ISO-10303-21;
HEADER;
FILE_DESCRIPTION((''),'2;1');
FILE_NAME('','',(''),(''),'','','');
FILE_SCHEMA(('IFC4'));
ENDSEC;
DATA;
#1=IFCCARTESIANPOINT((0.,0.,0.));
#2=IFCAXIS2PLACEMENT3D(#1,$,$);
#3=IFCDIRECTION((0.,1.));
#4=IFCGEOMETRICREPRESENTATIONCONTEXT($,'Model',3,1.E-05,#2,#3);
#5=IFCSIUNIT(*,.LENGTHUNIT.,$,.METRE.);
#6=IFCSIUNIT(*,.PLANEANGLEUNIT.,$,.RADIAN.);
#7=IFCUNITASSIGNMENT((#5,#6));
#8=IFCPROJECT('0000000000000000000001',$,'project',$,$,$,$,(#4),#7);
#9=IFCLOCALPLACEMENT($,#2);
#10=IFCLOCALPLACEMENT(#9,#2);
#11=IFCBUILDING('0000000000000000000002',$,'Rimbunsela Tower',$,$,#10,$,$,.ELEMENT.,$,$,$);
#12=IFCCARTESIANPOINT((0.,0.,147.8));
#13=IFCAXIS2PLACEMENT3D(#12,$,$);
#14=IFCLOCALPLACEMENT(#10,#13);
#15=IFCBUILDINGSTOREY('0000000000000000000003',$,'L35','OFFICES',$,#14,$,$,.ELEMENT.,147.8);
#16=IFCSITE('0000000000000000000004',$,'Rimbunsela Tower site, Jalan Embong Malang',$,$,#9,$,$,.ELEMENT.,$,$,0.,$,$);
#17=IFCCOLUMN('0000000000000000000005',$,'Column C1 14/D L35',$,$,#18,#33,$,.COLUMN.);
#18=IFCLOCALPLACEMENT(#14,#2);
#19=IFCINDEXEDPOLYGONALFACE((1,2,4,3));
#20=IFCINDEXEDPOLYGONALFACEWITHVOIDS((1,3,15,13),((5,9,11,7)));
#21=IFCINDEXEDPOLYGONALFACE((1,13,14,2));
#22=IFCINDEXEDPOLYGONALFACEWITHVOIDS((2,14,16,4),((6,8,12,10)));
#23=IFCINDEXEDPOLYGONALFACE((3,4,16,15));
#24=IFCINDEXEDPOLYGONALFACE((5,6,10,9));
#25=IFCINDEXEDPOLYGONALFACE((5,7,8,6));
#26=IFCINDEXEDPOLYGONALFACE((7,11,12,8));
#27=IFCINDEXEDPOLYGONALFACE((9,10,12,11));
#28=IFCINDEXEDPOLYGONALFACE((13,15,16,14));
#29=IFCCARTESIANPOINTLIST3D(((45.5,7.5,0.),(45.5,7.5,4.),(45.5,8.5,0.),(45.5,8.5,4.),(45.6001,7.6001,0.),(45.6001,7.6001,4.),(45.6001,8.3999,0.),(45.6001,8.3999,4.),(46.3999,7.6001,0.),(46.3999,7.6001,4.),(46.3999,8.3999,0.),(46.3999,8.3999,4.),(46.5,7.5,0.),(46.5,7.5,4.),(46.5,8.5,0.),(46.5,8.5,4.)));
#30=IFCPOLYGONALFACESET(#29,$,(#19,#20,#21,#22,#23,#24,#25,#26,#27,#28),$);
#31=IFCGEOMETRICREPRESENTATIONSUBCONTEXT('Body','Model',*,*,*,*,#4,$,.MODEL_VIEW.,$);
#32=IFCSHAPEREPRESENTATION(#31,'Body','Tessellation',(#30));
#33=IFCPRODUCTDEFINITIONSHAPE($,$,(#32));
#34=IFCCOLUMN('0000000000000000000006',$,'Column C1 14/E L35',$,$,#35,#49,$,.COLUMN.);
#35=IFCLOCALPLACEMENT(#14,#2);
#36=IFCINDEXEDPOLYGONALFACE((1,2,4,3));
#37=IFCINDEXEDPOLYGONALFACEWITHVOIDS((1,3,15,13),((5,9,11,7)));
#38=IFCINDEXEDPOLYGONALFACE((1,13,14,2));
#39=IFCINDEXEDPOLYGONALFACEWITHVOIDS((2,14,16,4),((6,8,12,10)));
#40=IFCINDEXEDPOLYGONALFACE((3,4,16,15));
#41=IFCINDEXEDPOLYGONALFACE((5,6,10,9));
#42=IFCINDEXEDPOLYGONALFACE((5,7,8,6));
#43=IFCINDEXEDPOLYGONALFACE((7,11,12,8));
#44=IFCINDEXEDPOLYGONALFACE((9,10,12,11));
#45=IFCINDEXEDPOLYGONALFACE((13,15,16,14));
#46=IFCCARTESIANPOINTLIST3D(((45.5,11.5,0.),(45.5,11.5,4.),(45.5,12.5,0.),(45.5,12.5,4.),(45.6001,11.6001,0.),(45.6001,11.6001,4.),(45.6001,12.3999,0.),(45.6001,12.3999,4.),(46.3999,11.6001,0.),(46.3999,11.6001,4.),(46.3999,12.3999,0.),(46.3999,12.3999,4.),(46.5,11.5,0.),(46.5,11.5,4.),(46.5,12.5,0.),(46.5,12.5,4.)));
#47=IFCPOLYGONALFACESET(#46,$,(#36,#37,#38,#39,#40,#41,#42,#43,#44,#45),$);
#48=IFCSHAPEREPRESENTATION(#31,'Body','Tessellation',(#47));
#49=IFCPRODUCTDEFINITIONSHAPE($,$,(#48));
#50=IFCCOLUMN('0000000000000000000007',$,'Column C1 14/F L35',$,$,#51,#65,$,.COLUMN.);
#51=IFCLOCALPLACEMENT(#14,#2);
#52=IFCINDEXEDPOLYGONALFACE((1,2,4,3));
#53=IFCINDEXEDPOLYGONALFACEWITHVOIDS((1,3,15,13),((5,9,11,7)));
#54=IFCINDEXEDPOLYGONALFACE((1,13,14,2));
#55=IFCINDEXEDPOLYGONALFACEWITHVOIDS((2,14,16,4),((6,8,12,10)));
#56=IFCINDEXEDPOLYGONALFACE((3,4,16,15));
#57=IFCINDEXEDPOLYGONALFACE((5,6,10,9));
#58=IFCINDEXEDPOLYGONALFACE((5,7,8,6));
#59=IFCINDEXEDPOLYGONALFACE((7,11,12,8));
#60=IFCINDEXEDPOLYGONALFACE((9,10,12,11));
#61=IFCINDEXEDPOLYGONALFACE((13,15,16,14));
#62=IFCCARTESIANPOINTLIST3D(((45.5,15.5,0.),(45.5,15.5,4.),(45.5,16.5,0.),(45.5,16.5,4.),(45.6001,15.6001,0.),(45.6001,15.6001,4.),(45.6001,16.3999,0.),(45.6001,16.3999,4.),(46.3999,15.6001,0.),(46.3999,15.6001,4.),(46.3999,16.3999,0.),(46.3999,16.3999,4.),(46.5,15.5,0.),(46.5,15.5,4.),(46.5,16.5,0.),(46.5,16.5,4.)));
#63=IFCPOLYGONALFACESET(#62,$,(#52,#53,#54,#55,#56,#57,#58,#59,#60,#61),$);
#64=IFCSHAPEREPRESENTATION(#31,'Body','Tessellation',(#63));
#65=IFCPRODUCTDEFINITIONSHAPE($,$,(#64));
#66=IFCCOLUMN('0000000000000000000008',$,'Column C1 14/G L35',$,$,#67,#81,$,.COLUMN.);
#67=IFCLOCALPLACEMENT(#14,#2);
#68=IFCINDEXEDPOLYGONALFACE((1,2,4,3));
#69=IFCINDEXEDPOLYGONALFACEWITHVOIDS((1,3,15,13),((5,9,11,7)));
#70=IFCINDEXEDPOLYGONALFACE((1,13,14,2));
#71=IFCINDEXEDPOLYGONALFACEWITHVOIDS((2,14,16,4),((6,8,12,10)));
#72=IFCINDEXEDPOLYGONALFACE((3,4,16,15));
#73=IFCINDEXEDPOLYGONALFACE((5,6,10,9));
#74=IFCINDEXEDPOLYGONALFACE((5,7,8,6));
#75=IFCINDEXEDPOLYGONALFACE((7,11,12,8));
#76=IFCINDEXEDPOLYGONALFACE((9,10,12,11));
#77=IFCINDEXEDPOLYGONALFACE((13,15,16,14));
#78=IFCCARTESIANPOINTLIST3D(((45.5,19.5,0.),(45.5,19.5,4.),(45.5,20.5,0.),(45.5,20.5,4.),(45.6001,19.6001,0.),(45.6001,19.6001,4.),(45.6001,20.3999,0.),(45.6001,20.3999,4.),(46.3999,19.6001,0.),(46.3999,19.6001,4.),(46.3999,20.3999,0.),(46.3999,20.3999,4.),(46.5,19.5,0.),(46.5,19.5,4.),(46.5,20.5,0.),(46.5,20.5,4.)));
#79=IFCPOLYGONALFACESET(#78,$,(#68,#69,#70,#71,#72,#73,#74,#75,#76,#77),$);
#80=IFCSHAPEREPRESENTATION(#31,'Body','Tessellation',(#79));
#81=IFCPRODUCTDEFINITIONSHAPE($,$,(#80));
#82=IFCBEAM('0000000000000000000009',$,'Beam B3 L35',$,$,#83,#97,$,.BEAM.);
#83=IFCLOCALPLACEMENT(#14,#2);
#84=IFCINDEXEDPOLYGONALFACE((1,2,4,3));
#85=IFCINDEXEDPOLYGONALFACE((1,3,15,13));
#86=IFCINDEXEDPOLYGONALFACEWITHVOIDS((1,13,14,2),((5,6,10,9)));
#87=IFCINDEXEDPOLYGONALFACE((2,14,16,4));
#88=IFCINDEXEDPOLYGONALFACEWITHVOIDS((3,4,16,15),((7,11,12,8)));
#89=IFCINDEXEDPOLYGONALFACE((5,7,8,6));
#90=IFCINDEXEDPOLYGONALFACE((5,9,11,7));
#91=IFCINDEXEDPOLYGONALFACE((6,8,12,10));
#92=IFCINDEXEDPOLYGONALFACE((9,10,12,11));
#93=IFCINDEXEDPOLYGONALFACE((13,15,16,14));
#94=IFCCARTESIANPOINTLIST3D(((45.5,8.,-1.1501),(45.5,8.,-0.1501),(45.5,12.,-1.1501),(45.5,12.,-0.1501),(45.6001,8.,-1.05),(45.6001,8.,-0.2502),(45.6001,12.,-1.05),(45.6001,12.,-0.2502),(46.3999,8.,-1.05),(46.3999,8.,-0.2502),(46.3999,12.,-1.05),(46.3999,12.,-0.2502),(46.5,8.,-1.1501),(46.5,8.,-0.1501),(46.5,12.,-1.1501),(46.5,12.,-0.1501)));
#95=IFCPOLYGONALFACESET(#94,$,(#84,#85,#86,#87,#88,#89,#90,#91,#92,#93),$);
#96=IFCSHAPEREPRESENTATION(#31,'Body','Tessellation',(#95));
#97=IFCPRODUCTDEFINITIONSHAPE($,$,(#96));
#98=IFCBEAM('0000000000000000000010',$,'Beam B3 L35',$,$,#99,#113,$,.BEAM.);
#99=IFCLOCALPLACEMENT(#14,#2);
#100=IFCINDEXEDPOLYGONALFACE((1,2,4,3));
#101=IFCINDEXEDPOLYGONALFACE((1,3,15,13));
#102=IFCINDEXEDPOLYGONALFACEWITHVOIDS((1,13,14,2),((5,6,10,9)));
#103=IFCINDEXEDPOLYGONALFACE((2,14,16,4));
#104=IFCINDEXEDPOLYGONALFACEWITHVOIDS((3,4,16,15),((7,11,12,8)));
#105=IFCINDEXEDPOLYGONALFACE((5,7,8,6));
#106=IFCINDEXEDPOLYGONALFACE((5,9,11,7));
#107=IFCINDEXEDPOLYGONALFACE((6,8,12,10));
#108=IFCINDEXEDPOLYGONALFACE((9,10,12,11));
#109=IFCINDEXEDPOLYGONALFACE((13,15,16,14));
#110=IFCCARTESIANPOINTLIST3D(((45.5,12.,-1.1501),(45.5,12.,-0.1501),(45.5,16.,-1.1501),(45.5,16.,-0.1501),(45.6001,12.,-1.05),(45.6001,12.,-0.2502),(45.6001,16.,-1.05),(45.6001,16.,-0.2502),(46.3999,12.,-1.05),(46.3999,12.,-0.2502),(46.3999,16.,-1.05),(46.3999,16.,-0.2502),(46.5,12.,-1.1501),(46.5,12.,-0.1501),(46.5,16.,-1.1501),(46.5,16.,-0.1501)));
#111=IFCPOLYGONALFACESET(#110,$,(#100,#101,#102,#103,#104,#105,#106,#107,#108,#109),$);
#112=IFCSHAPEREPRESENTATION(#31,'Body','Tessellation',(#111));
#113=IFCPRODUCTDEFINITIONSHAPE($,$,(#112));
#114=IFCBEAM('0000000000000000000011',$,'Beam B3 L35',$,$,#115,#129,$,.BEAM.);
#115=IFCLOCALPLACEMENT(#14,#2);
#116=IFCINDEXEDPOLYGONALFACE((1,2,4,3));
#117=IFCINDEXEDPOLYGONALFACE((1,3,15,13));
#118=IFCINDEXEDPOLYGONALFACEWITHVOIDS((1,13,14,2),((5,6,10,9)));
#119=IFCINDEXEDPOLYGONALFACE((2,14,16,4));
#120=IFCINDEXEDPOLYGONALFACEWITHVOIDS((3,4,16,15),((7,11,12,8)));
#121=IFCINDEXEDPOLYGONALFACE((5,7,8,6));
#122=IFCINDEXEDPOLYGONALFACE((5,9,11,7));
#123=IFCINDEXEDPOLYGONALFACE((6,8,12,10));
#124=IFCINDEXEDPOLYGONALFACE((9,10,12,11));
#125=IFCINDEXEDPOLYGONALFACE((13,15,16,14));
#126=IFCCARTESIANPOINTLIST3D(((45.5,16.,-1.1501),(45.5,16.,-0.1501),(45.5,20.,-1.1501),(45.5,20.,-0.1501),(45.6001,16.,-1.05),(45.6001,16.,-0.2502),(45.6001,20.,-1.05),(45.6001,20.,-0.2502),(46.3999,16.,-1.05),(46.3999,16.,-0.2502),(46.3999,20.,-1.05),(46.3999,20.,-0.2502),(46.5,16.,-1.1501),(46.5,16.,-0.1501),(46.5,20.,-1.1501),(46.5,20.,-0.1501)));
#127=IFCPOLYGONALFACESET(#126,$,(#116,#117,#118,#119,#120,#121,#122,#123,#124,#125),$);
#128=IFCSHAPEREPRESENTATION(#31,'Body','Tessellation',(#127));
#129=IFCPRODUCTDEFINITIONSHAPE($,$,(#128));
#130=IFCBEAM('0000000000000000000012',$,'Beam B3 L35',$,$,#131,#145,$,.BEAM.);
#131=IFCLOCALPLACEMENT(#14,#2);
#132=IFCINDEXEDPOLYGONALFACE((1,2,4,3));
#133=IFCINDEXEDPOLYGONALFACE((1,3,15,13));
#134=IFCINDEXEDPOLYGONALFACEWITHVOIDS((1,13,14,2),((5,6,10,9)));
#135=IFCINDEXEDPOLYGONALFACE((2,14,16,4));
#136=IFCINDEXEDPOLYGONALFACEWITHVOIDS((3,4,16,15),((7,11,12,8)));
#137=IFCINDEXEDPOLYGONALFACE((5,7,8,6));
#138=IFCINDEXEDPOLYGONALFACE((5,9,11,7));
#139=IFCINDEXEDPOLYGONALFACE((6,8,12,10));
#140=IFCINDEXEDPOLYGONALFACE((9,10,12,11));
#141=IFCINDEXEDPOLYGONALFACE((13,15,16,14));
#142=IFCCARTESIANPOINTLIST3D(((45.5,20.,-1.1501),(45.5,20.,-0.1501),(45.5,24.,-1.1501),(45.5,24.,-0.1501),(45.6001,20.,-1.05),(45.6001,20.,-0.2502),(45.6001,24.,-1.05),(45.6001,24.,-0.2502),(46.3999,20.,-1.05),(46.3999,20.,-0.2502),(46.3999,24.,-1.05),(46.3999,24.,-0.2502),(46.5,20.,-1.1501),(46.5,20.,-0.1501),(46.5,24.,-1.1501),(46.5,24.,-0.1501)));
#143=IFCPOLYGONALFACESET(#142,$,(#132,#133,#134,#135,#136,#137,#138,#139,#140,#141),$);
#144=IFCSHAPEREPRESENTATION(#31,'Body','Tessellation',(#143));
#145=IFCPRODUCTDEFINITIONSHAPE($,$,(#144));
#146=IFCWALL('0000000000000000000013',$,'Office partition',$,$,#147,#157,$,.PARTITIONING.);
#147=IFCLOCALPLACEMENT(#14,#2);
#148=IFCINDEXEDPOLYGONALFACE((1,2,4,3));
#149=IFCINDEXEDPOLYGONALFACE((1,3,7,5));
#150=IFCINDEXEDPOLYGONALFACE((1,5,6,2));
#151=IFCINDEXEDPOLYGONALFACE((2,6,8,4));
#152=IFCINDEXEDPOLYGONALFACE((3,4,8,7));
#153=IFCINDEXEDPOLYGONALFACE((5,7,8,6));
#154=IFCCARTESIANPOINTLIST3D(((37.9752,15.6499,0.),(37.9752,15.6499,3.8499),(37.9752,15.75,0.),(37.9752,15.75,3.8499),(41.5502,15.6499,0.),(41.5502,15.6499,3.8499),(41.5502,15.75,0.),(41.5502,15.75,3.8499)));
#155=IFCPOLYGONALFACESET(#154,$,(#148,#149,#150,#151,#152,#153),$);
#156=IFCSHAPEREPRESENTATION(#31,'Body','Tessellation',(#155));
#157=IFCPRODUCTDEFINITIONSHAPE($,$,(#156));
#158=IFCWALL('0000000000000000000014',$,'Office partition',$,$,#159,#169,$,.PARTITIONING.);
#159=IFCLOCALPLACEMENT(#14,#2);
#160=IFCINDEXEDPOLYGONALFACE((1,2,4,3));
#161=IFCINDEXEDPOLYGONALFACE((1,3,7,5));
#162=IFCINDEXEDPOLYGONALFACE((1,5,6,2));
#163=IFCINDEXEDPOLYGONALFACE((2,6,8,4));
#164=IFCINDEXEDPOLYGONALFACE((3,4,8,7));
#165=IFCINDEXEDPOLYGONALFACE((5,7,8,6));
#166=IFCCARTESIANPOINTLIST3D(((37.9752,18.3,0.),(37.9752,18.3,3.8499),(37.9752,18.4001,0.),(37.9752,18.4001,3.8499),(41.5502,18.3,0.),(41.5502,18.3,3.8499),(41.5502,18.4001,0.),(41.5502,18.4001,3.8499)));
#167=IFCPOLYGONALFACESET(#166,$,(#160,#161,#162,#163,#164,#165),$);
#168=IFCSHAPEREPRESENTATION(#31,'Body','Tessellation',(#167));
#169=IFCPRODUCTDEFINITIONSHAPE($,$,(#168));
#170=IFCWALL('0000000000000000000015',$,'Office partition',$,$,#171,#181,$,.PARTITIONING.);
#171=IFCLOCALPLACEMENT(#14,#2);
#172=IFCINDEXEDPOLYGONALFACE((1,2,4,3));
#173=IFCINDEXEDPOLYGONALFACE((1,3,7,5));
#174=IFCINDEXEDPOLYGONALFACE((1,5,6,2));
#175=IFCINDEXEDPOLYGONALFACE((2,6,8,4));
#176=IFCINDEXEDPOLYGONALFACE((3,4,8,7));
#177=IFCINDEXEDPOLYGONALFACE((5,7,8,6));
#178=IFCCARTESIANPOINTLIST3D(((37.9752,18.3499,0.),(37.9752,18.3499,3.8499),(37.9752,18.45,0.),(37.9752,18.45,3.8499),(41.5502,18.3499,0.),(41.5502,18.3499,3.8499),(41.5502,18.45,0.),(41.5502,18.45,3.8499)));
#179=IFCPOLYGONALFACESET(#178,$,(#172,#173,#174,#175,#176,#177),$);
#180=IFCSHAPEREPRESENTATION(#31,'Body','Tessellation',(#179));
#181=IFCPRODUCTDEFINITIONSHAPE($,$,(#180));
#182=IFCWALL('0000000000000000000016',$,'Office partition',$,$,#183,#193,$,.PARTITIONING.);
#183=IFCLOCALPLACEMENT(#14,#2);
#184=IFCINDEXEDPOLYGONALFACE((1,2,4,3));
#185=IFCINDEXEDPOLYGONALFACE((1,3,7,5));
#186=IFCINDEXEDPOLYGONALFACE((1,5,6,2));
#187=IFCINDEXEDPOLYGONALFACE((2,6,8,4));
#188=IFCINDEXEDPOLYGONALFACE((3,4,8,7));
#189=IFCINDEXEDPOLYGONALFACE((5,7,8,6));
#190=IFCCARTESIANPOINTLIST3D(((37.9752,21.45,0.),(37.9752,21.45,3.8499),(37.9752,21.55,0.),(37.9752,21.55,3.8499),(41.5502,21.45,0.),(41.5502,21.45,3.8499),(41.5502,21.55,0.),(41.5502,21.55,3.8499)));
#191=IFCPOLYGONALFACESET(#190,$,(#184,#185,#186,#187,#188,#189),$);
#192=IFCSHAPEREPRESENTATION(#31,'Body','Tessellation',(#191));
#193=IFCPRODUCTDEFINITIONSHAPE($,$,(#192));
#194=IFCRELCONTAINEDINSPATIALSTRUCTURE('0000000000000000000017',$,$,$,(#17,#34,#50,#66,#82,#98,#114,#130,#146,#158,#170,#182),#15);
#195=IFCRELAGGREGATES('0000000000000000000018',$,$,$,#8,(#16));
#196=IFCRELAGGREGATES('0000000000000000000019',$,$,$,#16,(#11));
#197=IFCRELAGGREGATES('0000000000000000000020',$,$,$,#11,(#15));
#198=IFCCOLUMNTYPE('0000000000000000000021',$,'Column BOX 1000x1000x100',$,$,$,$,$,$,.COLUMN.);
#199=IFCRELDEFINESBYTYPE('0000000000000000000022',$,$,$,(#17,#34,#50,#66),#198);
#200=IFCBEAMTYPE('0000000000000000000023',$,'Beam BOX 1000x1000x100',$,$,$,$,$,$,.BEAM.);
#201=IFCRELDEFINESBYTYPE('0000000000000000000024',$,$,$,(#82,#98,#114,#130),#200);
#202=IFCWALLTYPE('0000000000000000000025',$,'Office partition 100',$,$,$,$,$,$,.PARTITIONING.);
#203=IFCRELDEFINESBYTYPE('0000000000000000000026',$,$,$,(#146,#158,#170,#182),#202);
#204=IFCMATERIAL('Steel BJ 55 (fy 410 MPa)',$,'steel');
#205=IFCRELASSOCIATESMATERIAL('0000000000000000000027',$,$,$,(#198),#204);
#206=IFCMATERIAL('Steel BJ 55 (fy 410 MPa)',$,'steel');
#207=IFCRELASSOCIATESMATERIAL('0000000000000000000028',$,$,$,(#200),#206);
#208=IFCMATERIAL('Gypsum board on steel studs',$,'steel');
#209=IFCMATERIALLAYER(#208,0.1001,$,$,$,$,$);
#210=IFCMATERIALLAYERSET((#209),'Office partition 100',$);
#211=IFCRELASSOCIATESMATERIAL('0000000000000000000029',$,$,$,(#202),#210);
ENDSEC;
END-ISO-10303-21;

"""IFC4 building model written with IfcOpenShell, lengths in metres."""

from ifc_helpers import new_model, si_unit, direction, frame, frame_2d, origin, origin_2d, place, context, subcontext, project, spatial, rectangle, hollow_rectangle, extrude, material, layer, layer_set, material_profile, profile_set, type_object, element, save


model = new_model("IFC4")

# Units and contexts
model_context = context("Model", 3, precision=1e-05, world=origin(), true_north=direction((0.0, 1.0)))
body_context = subcontext(model_context, "Body", "Model", "MODEL_VIEW")
ifc_project = project(units=[si_unit("LENGTHUNIT", "METRE"), si_unit("PLANEANGLEUNIT", "RADIAN")], contexts=[model_context])

# Site, building, storey
site_placement = place(None, origin())
site = spatial("IfcSite", under=ifc_project, at=site_placement, Name="Rimbunsela Tower site, Jalan Embong Malang", CompositionType="ELEMENT", RefElevation=0.0)
building_placement = place(site_placement, origin())
building = spatial("IfcBuilding", under=site, at=building_placement, Name="Rimbunsela Tower", CompositionType="ELEMENT")
storey_placement = place(building_placement, frame((0.0, 0.0, 147.8)))
storey = spatial("IfcBuildingStorey", under=building, at=storey_placement, Name="L35", Description="OFFICES", CompositionType="ELEMENT", Elevation=147.8)

# Columns
ifc_material_1 = material(Name="Steel BJ 55 (fy 410 MPa)", Category="steel")
ifc_material_profile_1 = material_profile(ifc_material_1, hollow_rectangle(XDim=1.0, YDim=1.0, WallThickness=0.1001, at=origin_2d()), Name="BOX 1000x1000x100")
ifc_profile_set_1 = profile_set([ifc_material_profile_1], Name="Steel BJ 55 (fy 410 MPa)")
column_type = type_object("IfcColumnType", Name="Column BOX 1000x1000x100", PredefinedType="COLUMN", material=ifc_profile_set_1)
for number, where, z_axis, x_axis, name in (
    (1, (46.0, 8.0, 0.0), (0.0, 0.0, 1.0), (1.0, 0.0, 0.0), "Column C1 14/D L35"),
    (2, (46.0, 12.0, 0.0), (0.0, 0.0, 1.0), (1.0, 0.0, 0.0), "Column C1 14/E L35"),
    (3, (46.0, 16.0, 0.0), (0.0, 0.0, 1.0), (1.0, 0.0, 0.0), "Column C1 14/F L35"),
    (4, (46.0, 20.0, 0.0), (0.0, 0.0, 1.0), (1.0, 0.0, 0.0), "Column C1 14/G L35"),
):
    element("IfcColumn", number, at=place(storey_placement, frame(where, z_axis=z_axis, x_axis=x_axis)), inside=storey, type_object=column_type, Name=name, PredefinedType="COLUMN", context=body_context, shape_type="SweptSolid", body=[
        extrude(hollow_rectangle(XDim=1.0, YDim=1.0, WallThickness=0.1001, at=origin_2d()), origin(), (0.0, 0.0, 1.0), 4.0),
    ])

# Beams
ifc_material_2 = material(Name="Steel BJ 55 (fy 410 MPa)", Category="steel")
ifc_material_profile_2 = material_profile(ifc_material_2, hollow_rectangle(XDim=1.0, YDim=1.0, WallThickness=0.1001, at=origin_2d()), Name="BOX 1000x1000x100")
ifc_profile_set_2 = profile_set([ifc_material_profile_2], Name="Steel BJ 55 (fy 410 MPa)")
beam_type = type_object("IfcBeamType", Name="Beam BOX 1000x1000x100", PredefinedType="BEAM", material=ifc_profile_set_2)
for number, where, z_axis, x_axis, name in (
    (5, (46.0, 8.0, -0.6501), (0.0, 1.0, 0.0), (-1.0, 0.0, 0.0), "Beam B3 L35"),
    (6, (46.0, 12.0, -0.6501), (0.0, 1.0, 0.0), (-1.0, 0.0, 0.0), "Beam B3 L35"),
    (7, (46.0, 16.0, -0.6501), (0.0, 1.0, 0.0), (-1.0, 0.0, 0.0), "Beam B3 L35"),
    (8, (46.0, 20.0, -0.6501), (0.0, 1.0, 0.0), (-1.0, 0.0, 0.0), "Beam B3 L35"),
):
    element("IfcBeam", number, at=place(storey_placement, frame(where, z_axis=z_axis, x_axis=x_axis)), inside=storey, type_object=beam_type, Name=name, PredefinedType="BEAM", context=body_context, shape_type="SweptSolid", body=[
        extrude(hollow_rectangle(XDim=1.0, YDim=1.0, WallThickness=0.1001, at=origin_2d()), origin(), (0.0, 0.0, 1.0), 4.0),
    ])

# Walls
ifc_material_3 = material(Name="Gypsum board on steel studs", Category="steel")
ifc_layer_1 = layer(ifc_material_3, 0.1001)
ifc_layer_set_1 = layer_set([ifc_layer_1], Name="Office partition 100")
wall_type_1 = type_object("IfcWallType", Name="Office partition 100", PredefinedType="PARTITIONING", material=ifc_layer_set_1)
for number, where, z_axis, x_axis, name in (
    (9, (37.9751, 15.7, 0.0), (0.0, 0.0, 1.0), (1.0, 0.0, 0.0), "Office partition"),
    (10, (37.9751, 18.3501, 0.0), (0.0, 0.0, 1.0), (1.0, 0.0, 0.0), "Office partition"),
    (11, (37.9751, 18.3999, 0.0), (0.0, 0.0, 1.0), (1.0, 0.0, 0.0), "Office partition"),
    (12, (37.9751, 21.5, 0.0), (0.0, 0.0, 1.0), (1.0, 0.0, 0.0), "Office partition"),
):
    element("IfcWall", number, at=place(storey_placement, frame(where, z_axis=z_axis, x_axis=x_axis)), inside=storey, type_object=wall_type_1, Name=name, PredefinedType="PARTITIONING", context=body_context, shape_type="SweptSolid", body=[
        extrude(rectangle(XDim=3.575, YDim=0.1001, at=frame_2d((1.7876, 0.0))), origin(), (0.0, 0.0, 1.0), 3.8499),
    ])

save(model, "model.ifc")
